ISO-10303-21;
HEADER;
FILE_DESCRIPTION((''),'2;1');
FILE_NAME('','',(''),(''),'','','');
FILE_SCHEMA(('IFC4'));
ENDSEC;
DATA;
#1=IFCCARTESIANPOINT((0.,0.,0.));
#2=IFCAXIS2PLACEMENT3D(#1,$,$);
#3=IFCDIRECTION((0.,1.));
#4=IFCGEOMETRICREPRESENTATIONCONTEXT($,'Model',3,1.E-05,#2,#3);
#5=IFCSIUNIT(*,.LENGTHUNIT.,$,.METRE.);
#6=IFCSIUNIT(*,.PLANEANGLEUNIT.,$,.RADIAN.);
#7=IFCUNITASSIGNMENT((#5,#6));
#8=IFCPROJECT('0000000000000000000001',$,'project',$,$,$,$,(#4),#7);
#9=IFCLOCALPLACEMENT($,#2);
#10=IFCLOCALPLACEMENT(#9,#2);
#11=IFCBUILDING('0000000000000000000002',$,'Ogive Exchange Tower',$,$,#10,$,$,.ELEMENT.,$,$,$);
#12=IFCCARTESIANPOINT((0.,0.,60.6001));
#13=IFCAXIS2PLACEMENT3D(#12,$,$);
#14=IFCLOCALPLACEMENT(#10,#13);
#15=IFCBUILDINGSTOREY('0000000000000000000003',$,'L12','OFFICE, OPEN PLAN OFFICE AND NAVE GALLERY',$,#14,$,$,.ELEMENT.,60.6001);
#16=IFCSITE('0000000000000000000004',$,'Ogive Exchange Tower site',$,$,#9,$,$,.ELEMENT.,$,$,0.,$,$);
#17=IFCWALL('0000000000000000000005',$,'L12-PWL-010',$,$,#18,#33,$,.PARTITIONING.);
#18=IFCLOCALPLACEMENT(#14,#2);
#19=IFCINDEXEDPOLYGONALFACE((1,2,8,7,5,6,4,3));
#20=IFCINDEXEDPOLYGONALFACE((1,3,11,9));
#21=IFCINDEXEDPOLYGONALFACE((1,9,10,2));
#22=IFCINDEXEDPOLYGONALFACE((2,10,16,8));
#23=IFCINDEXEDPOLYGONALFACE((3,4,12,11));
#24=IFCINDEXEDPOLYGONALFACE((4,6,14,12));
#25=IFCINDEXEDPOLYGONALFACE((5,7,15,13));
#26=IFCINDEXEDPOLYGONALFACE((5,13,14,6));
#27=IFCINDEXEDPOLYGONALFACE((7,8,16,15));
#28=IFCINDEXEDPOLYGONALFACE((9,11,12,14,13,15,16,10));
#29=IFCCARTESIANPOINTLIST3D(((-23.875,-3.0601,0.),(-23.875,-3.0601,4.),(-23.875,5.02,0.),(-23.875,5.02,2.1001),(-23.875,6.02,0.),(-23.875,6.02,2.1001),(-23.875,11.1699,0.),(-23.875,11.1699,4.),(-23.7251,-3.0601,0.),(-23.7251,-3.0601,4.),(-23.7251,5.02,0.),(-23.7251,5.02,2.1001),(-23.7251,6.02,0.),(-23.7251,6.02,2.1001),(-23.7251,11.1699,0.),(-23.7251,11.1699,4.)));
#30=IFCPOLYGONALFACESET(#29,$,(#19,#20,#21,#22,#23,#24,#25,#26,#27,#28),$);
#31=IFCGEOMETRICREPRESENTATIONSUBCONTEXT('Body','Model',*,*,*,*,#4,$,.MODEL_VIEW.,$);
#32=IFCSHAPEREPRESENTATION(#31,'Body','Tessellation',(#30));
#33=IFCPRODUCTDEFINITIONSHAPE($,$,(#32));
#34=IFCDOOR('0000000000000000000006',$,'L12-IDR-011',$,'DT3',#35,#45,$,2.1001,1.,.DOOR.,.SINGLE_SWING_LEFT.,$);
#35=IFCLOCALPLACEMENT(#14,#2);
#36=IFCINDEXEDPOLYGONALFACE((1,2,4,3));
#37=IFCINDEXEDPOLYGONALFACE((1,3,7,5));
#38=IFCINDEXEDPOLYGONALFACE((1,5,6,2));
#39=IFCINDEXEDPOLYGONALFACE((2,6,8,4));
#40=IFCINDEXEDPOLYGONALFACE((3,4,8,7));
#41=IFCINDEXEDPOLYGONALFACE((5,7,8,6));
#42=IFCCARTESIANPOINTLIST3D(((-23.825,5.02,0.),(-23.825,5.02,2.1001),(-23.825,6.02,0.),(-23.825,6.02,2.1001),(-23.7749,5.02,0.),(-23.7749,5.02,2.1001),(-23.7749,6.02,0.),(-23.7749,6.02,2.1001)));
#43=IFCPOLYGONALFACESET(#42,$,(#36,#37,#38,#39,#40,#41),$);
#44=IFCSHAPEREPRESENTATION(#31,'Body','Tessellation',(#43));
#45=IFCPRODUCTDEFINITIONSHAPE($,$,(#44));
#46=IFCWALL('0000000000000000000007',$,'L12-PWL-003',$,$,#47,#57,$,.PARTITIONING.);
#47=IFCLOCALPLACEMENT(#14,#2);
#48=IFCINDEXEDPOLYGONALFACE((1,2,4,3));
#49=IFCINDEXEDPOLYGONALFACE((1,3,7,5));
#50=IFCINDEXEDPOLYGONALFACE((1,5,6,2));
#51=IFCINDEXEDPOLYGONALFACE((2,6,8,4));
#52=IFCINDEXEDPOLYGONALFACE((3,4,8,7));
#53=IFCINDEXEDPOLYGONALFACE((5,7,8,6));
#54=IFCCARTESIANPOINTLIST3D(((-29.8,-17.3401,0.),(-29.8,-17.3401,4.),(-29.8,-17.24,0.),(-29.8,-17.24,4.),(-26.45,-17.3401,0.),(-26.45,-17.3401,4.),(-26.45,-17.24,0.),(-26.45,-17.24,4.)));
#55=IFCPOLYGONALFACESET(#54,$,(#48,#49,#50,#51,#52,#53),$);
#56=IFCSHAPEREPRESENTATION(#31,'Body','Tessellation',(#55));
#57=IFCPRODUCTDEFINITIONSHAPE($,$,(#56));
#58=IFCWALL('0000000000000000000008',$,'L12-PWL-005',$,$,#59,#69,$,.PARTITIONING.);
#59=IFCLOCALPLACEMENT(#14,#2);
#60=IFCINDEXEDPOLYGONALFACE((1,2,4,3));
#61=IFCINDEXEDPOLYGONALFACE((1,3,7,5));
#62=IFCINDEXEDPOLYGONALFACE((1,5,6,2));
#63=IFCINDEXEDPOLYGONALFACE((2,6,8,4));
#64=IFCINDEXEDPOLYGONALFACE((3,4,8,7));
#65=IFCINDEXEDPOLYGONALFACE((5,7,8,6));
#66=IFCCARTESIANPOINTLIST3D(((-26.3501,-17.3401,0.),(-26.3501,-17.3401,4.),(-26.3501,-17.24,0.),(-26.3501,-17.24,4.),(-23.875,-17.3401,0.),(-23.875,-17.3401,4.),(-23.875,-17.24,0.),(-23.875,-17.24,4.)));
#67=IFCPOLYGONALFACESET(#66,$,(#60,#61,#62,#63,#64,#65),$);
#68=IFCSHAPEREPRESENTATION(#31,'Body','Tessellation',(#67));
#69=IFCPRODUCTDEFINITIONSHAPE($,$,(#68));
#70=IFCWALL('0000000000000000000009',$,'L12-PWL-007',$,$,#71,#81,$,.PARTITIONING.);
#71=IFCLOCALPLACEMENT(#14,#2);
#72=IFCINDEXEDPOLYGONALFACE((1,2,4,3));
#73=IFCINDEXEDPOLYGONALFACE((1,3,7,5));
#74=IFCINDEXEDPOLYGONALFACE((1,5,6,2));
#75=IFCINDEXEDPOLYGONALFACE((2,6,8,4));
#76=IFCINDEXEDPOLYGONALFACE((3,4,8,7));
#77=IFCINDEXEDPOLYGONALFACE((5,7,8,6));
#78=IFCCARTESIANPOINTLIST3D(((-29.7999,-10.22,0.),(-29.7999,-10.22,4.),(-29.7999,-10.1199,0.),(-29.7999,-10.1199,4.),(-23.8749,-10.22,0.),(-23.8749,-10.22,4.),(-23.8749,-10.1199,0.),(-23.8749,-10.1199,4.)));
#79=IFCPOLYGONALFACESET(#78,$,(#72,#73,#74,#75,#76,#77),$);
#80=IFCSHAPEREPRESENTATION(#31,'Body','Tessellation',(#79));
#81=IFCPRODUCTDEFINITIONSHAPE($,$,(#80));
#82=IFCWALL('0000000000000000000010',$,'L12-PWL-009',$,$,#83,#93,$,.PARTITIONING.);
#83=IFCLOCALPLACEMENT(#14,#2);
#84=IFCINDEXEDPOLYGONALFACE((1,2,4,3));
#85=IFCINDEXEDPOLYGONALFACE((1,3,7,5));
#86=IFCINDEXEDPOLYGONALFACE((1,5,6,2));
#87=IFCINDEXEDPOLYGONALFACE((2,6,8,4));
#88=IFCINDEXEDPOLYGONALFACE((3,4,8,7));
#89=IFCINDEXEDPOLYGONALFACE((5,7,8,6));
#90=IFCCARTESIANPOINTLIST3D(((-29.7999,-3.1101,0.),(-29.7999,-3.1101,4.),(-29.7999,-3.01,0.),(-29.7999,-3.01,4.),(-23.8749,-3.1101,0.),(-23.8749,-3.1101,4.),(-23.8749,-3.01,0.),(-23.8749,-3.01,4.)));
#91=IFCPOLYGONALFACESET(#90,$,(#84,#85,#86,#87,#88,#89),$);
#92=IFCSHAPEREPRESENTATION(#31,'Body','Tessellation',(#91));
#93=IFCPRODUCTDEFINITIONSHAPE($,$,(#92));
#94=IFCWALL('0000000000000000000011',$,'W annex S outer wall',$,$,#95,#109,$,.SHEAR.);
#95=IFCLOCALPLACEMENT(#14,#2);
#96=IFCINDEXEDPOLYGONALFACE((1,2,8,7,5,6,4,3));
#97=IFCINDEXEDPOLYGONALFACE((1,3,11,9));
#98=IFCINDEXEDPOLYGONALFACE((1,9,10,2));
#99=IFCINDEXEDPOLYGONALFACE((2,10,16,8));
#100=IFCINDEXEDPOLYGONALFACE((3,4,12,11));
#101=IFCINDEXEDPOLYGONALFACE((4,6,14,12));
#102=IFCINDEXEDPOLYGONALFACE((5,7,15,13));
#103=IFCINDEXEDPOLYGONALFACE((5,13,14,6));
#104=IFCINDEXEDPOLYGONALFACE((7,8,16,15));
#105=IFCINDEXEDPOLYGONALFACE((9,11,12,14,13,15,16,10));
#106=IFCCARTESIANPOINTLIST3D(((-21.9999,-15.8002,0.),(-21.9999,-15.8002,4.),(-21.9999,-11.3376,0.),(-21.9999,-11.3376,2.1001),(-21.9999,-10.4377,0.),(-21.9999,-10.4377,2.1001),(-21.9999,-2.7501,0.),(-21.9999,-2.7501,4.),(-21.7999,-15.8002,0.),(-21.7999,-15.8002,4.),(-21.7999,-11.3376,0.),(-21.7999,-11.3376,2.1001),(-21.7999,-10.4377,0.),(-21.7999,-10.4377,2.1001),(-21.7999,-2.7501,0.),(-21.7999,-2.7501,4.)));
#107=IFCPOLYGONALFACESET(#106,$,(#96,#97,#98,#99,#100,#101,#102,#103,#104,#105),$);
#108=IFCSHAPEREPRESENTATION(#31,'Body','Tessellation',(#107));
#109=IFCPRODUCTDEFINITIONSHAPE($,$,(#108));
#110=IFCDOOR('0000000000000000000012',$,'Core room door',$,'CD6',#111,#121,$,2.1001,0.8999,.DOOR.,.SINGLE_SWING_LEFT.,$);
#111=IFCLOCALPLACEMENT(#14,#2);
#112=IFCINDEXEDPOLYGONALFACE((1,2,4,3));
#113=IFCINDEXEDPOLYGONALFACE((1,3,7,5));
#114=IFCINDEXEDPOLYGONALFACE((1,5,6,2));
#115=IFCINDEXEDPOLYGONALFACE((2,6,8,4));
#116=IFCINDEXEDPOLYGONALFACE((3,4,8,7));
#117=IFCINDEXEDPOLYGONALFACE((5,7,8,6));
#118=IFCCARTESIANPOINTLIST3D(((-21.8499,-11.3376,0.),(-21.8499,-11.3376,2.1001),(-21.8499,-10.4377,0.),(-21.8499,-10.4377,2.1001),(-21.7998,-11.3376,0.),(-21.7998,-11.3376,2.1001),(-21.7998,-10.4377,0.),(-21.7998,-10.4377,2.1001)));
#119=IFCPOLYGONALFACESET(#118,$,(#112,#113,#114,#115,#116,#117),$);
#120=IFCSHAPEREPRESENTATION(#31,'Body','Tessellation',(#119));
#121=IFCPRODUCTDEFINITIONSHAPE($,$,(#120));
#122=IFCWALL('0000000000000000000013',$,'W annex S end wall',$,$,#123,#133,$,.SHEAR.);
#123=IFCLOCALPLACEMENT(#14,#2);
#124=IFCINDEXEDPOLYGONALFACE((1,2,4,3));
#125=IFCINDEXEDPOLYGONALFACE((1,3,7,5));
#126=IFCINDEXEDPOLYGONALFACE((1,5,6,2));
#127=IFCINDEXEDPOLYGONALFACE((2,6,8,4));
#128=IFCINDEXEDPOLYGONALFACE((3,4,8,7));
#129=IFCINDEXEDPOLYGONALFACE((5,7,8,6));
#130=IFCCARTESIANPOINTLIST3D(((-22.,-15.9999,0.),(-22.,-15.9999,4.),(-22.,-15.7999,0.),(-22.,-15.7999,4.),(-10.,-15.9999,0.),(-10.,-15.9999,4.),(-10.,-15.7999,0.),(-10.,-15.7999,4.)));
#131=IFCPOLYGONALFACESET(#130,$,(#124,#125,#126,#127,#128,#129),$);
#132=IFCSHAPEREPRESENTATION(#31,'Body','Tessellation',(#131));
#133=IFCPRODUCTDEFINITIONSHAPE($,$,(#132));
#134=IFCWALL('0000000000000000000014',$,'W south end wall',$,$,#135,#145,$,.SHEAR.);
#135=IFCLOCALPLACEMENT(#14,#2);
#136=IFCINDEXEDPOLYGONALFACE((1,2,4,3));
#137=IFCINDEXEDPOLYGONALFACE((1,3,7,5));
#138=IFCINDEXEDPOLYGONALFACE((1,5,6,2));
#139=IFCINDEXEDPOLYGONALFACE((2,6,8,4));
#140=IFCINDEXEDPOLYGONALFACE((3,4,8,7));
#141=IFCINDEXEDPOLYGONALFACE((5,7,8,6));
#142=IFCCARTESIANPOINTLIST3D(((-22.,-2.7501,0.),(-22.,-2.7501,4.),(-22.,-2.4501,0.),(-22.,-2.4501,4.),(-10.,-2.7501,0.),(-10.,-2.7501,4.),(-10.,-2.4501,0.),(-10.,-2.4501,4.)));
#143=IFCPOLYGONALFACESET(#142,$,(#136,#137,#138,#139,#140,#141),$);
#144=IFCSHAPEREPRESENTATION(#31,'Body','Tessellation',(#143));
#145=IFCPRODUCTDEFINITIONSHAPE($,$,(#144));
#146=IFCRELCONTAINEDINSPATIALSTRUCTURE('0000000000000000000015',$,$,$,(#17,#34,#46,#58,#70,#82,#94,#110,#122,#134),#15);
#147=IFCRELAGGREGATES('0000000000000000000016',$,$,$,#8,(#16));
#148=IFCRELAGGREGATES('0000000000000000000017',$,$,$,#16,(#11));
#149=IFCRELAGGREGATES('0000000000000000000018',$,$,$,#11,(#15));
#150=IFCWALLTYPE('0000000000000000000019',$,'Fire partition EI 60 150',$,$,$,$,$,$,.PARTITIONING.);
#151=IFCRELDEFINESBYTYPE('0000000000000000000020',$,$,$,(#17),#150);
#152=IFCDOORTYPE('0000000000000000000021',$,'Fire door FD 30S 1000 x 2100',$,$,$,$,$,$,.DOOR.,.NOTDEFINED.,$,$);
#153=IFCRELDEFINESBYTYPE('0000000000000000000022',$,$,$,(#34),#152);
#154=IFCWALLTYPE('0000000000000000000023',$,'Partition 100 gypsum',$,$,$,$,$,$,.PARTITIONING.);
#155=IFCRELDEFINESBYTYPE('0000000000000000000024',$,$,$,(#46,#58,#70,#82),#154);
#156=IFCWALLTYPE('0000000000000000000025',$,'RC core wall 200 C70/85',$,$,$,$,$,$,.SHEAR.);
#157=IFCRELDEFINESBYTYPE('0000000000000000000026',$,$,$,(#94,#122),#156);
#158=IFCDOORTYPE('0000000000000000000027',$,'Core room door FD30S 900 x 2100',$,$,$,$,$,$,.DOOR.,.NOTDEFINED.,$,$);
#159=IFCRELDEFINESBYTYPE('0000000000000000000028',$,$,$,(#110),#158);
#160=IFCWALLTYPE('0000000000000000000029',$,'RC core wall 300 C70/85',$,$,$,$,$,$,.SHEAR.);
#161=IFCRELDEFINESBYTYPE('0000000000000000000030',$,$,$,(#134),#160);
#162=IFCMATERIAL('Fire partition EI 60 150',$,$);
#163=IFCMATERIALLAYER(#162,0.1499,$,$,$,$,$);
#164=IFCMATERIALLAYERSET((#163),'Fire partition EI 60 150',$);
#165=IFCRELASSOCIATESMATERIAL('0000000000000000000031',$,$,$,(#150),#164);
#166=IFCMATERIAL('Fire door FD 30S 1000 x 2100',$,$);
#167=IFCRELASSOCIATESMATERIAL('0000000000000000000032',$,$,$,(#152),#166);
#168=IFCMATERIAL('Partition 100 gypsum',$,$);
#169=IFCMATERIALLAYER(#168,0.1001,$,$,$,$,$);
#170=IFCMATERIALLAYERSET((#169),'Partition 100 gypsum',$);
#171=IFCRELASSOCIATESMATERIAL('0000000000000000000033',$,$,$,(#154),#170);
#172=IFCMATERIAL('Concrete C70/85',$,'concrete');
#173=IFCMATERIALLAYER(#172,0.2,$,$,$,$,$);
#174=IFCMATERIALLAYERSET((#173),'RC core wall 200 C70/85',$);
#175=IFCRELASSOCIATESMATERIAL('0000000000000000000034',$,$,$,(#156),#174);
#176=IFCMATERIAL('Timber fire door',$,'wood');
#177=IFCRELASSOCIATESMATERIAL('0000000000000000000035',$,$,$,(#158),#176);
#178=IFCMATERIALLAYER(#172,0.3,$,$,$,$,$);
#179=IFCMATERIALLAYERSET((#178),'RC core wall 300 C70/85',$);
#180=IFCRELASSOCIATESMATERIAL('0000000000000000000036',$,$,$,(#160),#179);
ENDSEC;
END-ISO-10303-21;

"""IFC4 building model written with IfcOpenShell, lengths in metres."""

from ifc_helpers import new_model, si_unit, direction, frame, frame_2d, origin, place, context, subcontext, project, spatial, rectangle, extrude, material, layer, layer_set, type_object, element, fill, save


model = new_model("IFC4")

# Units and contexts
model_context = context("Model", 3, precision=1e-05, world=origin(), true_north=direction((0.0, 1.0)))
body_context = subcontext(model_context, "Body", "Model", "MODEL_VIEW")
ifc_project = project(units=[si_unit("LENGTHUNIT", "METRE"), si_unit("PLANEANGLEUNIT", "RADIAN")], contexts=[model_context])

# Site, building, storey
site_placement = place(None, origin())
site = spatial("IfcSite", under=ifc_project, at=site_placement, Name="Ogive Exchange Tower site", CompositionType="ELEMENT", RefElevation=0.0)
building_placement = place(site_placement, origin())
building = spatial("IfcBuilding", under=site, at=building_placement, Name="Ogive Exchange Tower", CompositionType="ELEMENT")
storey_placement = place(building_placement, frame((0.0, 0.0, 60.6001)))
storey = spatial("IfcBuildingStorey", under=building, at=storey_placement, Name="L12", Description="OFFICE, OPEN PLAN OFFICE AND NAVE GALLERY", CompositionType="ELEMENT", Elevation=60.6001)

# Wall, opening, door
ifc_material_1 = material(Name="Fire partition EI 60 150")
ifc_layer_1 = layer(ifc_material_1, 0.1499)
ifc_layer_set_1 = layer_set([ifc_layer_1], Name="Fire partition EI 60 150")
wall_type_1 = type_object("IfcWallType", Name="Fire partition EI 60 150", PredefinedType="PARTITIONING", material=ifc_layer_set_1)
ifc_material_2 = material(Name="Fire door FD 30S 1000 x 2100")
door_type_1 = type_object("IfcDoorType", Name="Fire door FD 30S 1000 x 2100", OperationType="NOTDEFINED", PredefinedType="DOOR", material=ifc_material_2)
wall_1_placement = place(storey_placement, frame((-23.8, -3.0601, 0.0), z_axis=(0.0, 0.0, 1.0), x_axis=(0.0, 1.0, 0.0)))
wall_1 = element("IfcWall", 1, at=wall_1_placement, inside=storey, type_object=wall_type_1, Name="L12-PWL-010", PredefinedType="PARTITIONING", context=body_context, shape_type="SweptSolid", body=[
    extrude(rectangle(XDim=14.23, YDim=0.1499, at=frame_2d((7.115, 0.0))), origin(), (0.0, 0.0, 1.0), 4.0),
])
opening_1_placement = place(wall_1_placement, frame((8.0801, 0.0, 0.0)))
opening_1 = element("IfcOpeningElement", 2, at=opening_1_placement, cuts=wall_1, PredefinedType="OPENING", context=body_context, shape_type="SweptSolid", body=[
    extrude(rectangle(XDim=1.0, YDim=2.1001, at=frame_2d((0.5, 1.05))), frame((0.0, 0.085, 0.0), z_axis=(0.0, -1.0, 0.0), x_axis=(1.0, 0.0, 0.0)), (0.0, 0.0, 1.0), 0.1699),
])
door_1_placement = place(opening_1_placement, origin())
door_1 = element("IfcDoor", 3, at=door_1_placement, inside=storey, type_object=door_type_1, Name="L12-IDR-011", ObjectType="DT3", OperationType="SINGLE_SWING_LEFT", OverallHeight=2.1001, OverallWidth=1.0, PredefinedType="DOOR", context=body_context, shape_type="SweptSolid", body=[
    extrude(rectangle(XDim=1.0, YDim=2.1001, at=frame_2d((0.5, 1.05))), frame((0.0, 0.0249, 0.0), z_axis=(0.0, -1.0, 0.0), x_axis=(1.0, 0.0, 0.0)), (0.0, 0.0, 1.0), 0.05),
])
fill(opening_1, door_1)

# Walls
ifc_material_3 = material(Name="Partition 100 gypsum")
ifc_layer_2 = layer(ifc_material_3, 0.1001)
ifc_layer_set_2 = layer_set([ifc_layer_2], Name="Partition 100 gypsum")
wall_type_2 = type_object("IfcWallType", Name="Partition 100 gypsum", PredefinedType="PARTITIONING", material=ifc_layer_set_2)
wall_2_placement = place(storey_placement, frame((-26.45, -17.29, 0.0), z_axis=(0.0, 0.0, 1.0), x_axis=(-1.0, 0.0, 0.0)))
element("IfcWall", 4, at=wall_2_placement, inside=storey, type_object=wall_type_2, Name="L12-PWL-003", PredefinedType="PARTITIONING", context=body_context, shape_type="SweptSolid", body=[
    extrude(rectangle(XDim=3.3501, YDim=0.1001, at=frame_2d((1.675, 0.0))), origin(), (0.0, 0.0, 1.0), 4.0),
])
wall_3_placement = place(storey_placement, frame((-23.875, -17.29, 0.0), z_axis=(0.0, 0.0, 1.0), x_axis=(-1.0, 0.0, 0.0)))
element("IfcWall", 5, at=wall_3_placement, inside=storey, type_object=wall_type_2, Name="L12-PWL-005", PredefinedType="PARTITIONING", context=body_context, shape_type="SweptSolid", body=[
    extrude(rectangle(XDim=2.4751, YDim=0.1001, at=frame_2d((1.2375, 0.0))), origin(), (0.0, 0.0, 1.0), 4.0),
])
for number, where, z_axis, x_axis, name in (
    (6, (-23.875, -10.1699, 0.0), (0.0, 0.0, 1.0), (-1.0, 0.0, 0.0), "L12-PWL-007"),
    (7, (-23.875, -3.0601, 0.0), (0.0, 0.0, 1.0), (-1.0, 0.0, 0.0), "L12-PWL-009"),
):
    element("IfcWall", number, at=place(storey_placement, frame(where, z_axis=z_axis, x_axis=x_axis)), inside=storey, type_object=wall_type_2, Name=name, PredefinedType="PARTITIONING", context=body_context, shape_type="SweptSolid", body=[
        extrude(rectangle(XDim=5.925, YDim=0.1001, at=frame_2d((2.9624, 0.0))), origin(), (0.0, 0.0, 1.0), 4.0),
    ])

# Wall, opening, door
ifc_material_4 = material(Name="Concrete C70/85", Category="concrete")
ifc_layer_3 = layer(ifc_material_4, 0.2)
ifc_layer_set_3 = layer_set([ifc_layer_3], Name="RC core wall 200 C70/85")
wall_type_3 = type_object("IfcWallType", Name="RC core wall 200 C70/85", PredefinedType="SHEAR", material=ifc_layer_set_3)
wall_4_placement = place(storey_placement, frame((-21.8999, -15.8, 0.0), z_axis=(0.0, 0.0, 1.0), x_axis=(0.0, 1.0, 0.0)))
wall_4 = element("IfcWall", 8, at=wall_4_placement, inside=storey, type_object=wall_type_3, Name="W annex S outer wall", PredefinedType="SHEAR", context=body_context, shape_type="SweptSolid", body=[
    extrude(rectangle(XDim=13.05, YDim=0.2, at=frame_2d((6.5249, 0.0))), origin(), (0.0, 0.0, 1.0), 4.0),
])
opening_2_placement = place(wall_4_placement, frame((4.4624, 0.0, 0.0)))
opening_2 = element("IfcOpeningElement", 9, at=opening_2_placement, cuts=wall_4, PredefinedType="OPENING", context=body_context, shape_type="SweptSolid", body=[
    extrude(rectangle(XDim=0.8999, YDim=2.1001, at=frame_2d((0.45, 1.05))), frame((0.0, 0.1099, 0.0), z_axis=(0.0, -1.0, 0.0), x_axis=(1.0, 0.0, 0.0)), (0.0, 0.0, 1.0), 0.22),
])
ifc_material_5 = material(Name="Timber fire door", Category="wood")
door_type_2 = type_object("IfcDoorType", Name="Core room door FD30S 900 x 2100", OperationType="NOTDEFINED", PredefinedType="DOOR", material=ifc_material_5)
door_2_placement = place(opening_2_placement, frame((0.8999, -0.1499, 0.0), z_axis=(0.0, 0.0, 1.0), x_axis=(-1.0, 0.0, 0.0)))
door_2 = element("IfcDoor", 10, at=door_2_placement, inside=storey, type_object=door_type_2, Name="Core room door", ObjectType="CD6", OperationType="SINGLE_SWING_LEFT", OverallHeight=2.1001, OverallWidth=0.8999, PredefinedType="DOOR", context=body_context, shape_type="SweptSolid", body=[
    extrude(rectangle(XDim=0.8999, YDim=2.1001, at=frame_2d((0.45, 1.05))), frame((0.0, -0.0498, 0.0), z_axis=(0.0, -1.0, 0.0), x_axis=(1.0, 0.0, 0.0)), (0.0, 0.0, 1.0), 0.05),
])
fill(opening_2, door_2)

# Walls
wall_5_placement = place(storey_placement, frame((-22.0, -15.8999, 0.0), z_axis=(0.0, 0.0, 1.0), x_axis=(1.0, 0.0, 0.0)))
element("IfcWall", 11, at=wall_5_placement, inside=storey, type_object=wall_type_3, Name="W annex S end wall", PredefinedType="SHEAR", context=body_context, shape_type="SweptSolid", body=[
    extrude(rectangle(XDim=12.0, YDim=0.2, at=frame_2d((6.0, 0.0))), origin(), (0.0, 0.0, 1.0), 4.0),
])
ifc_layer_4 = layer(ifc_material_4, 0.3)
ifc_layer_set_4 = layer_set([ifc_layer_4], Name="RC core wall 300 C70/85")
wall_type_4 = type_object("IfcWallType", Name="RC core wall 300 C70/85", PredefinedType="SHEAR", material=ifc_layer_set_4)
wall_6_placement = place(storey_placement, frame((-22.0, -2.6001, 0.0), z_axis=(0.0, 0.0, 1.0), x_axis=(1.0, 0.0, 0.0)))
element("IfcWall", 12, at=wall_6_placement, inside=storey, type_object=wall_type_4, Name="W south end wall", PredefinedType="SHEAR", context=body_context, shape_type="SweptSolid", body=[
    extrude(rectangle(XDim=12.0, YDim=0.3, at=frame_2d((6.0, 0.0))), origin(), (0.0, 0.0, 1.0), 4.0),
])

save(model, "model.ifc")
